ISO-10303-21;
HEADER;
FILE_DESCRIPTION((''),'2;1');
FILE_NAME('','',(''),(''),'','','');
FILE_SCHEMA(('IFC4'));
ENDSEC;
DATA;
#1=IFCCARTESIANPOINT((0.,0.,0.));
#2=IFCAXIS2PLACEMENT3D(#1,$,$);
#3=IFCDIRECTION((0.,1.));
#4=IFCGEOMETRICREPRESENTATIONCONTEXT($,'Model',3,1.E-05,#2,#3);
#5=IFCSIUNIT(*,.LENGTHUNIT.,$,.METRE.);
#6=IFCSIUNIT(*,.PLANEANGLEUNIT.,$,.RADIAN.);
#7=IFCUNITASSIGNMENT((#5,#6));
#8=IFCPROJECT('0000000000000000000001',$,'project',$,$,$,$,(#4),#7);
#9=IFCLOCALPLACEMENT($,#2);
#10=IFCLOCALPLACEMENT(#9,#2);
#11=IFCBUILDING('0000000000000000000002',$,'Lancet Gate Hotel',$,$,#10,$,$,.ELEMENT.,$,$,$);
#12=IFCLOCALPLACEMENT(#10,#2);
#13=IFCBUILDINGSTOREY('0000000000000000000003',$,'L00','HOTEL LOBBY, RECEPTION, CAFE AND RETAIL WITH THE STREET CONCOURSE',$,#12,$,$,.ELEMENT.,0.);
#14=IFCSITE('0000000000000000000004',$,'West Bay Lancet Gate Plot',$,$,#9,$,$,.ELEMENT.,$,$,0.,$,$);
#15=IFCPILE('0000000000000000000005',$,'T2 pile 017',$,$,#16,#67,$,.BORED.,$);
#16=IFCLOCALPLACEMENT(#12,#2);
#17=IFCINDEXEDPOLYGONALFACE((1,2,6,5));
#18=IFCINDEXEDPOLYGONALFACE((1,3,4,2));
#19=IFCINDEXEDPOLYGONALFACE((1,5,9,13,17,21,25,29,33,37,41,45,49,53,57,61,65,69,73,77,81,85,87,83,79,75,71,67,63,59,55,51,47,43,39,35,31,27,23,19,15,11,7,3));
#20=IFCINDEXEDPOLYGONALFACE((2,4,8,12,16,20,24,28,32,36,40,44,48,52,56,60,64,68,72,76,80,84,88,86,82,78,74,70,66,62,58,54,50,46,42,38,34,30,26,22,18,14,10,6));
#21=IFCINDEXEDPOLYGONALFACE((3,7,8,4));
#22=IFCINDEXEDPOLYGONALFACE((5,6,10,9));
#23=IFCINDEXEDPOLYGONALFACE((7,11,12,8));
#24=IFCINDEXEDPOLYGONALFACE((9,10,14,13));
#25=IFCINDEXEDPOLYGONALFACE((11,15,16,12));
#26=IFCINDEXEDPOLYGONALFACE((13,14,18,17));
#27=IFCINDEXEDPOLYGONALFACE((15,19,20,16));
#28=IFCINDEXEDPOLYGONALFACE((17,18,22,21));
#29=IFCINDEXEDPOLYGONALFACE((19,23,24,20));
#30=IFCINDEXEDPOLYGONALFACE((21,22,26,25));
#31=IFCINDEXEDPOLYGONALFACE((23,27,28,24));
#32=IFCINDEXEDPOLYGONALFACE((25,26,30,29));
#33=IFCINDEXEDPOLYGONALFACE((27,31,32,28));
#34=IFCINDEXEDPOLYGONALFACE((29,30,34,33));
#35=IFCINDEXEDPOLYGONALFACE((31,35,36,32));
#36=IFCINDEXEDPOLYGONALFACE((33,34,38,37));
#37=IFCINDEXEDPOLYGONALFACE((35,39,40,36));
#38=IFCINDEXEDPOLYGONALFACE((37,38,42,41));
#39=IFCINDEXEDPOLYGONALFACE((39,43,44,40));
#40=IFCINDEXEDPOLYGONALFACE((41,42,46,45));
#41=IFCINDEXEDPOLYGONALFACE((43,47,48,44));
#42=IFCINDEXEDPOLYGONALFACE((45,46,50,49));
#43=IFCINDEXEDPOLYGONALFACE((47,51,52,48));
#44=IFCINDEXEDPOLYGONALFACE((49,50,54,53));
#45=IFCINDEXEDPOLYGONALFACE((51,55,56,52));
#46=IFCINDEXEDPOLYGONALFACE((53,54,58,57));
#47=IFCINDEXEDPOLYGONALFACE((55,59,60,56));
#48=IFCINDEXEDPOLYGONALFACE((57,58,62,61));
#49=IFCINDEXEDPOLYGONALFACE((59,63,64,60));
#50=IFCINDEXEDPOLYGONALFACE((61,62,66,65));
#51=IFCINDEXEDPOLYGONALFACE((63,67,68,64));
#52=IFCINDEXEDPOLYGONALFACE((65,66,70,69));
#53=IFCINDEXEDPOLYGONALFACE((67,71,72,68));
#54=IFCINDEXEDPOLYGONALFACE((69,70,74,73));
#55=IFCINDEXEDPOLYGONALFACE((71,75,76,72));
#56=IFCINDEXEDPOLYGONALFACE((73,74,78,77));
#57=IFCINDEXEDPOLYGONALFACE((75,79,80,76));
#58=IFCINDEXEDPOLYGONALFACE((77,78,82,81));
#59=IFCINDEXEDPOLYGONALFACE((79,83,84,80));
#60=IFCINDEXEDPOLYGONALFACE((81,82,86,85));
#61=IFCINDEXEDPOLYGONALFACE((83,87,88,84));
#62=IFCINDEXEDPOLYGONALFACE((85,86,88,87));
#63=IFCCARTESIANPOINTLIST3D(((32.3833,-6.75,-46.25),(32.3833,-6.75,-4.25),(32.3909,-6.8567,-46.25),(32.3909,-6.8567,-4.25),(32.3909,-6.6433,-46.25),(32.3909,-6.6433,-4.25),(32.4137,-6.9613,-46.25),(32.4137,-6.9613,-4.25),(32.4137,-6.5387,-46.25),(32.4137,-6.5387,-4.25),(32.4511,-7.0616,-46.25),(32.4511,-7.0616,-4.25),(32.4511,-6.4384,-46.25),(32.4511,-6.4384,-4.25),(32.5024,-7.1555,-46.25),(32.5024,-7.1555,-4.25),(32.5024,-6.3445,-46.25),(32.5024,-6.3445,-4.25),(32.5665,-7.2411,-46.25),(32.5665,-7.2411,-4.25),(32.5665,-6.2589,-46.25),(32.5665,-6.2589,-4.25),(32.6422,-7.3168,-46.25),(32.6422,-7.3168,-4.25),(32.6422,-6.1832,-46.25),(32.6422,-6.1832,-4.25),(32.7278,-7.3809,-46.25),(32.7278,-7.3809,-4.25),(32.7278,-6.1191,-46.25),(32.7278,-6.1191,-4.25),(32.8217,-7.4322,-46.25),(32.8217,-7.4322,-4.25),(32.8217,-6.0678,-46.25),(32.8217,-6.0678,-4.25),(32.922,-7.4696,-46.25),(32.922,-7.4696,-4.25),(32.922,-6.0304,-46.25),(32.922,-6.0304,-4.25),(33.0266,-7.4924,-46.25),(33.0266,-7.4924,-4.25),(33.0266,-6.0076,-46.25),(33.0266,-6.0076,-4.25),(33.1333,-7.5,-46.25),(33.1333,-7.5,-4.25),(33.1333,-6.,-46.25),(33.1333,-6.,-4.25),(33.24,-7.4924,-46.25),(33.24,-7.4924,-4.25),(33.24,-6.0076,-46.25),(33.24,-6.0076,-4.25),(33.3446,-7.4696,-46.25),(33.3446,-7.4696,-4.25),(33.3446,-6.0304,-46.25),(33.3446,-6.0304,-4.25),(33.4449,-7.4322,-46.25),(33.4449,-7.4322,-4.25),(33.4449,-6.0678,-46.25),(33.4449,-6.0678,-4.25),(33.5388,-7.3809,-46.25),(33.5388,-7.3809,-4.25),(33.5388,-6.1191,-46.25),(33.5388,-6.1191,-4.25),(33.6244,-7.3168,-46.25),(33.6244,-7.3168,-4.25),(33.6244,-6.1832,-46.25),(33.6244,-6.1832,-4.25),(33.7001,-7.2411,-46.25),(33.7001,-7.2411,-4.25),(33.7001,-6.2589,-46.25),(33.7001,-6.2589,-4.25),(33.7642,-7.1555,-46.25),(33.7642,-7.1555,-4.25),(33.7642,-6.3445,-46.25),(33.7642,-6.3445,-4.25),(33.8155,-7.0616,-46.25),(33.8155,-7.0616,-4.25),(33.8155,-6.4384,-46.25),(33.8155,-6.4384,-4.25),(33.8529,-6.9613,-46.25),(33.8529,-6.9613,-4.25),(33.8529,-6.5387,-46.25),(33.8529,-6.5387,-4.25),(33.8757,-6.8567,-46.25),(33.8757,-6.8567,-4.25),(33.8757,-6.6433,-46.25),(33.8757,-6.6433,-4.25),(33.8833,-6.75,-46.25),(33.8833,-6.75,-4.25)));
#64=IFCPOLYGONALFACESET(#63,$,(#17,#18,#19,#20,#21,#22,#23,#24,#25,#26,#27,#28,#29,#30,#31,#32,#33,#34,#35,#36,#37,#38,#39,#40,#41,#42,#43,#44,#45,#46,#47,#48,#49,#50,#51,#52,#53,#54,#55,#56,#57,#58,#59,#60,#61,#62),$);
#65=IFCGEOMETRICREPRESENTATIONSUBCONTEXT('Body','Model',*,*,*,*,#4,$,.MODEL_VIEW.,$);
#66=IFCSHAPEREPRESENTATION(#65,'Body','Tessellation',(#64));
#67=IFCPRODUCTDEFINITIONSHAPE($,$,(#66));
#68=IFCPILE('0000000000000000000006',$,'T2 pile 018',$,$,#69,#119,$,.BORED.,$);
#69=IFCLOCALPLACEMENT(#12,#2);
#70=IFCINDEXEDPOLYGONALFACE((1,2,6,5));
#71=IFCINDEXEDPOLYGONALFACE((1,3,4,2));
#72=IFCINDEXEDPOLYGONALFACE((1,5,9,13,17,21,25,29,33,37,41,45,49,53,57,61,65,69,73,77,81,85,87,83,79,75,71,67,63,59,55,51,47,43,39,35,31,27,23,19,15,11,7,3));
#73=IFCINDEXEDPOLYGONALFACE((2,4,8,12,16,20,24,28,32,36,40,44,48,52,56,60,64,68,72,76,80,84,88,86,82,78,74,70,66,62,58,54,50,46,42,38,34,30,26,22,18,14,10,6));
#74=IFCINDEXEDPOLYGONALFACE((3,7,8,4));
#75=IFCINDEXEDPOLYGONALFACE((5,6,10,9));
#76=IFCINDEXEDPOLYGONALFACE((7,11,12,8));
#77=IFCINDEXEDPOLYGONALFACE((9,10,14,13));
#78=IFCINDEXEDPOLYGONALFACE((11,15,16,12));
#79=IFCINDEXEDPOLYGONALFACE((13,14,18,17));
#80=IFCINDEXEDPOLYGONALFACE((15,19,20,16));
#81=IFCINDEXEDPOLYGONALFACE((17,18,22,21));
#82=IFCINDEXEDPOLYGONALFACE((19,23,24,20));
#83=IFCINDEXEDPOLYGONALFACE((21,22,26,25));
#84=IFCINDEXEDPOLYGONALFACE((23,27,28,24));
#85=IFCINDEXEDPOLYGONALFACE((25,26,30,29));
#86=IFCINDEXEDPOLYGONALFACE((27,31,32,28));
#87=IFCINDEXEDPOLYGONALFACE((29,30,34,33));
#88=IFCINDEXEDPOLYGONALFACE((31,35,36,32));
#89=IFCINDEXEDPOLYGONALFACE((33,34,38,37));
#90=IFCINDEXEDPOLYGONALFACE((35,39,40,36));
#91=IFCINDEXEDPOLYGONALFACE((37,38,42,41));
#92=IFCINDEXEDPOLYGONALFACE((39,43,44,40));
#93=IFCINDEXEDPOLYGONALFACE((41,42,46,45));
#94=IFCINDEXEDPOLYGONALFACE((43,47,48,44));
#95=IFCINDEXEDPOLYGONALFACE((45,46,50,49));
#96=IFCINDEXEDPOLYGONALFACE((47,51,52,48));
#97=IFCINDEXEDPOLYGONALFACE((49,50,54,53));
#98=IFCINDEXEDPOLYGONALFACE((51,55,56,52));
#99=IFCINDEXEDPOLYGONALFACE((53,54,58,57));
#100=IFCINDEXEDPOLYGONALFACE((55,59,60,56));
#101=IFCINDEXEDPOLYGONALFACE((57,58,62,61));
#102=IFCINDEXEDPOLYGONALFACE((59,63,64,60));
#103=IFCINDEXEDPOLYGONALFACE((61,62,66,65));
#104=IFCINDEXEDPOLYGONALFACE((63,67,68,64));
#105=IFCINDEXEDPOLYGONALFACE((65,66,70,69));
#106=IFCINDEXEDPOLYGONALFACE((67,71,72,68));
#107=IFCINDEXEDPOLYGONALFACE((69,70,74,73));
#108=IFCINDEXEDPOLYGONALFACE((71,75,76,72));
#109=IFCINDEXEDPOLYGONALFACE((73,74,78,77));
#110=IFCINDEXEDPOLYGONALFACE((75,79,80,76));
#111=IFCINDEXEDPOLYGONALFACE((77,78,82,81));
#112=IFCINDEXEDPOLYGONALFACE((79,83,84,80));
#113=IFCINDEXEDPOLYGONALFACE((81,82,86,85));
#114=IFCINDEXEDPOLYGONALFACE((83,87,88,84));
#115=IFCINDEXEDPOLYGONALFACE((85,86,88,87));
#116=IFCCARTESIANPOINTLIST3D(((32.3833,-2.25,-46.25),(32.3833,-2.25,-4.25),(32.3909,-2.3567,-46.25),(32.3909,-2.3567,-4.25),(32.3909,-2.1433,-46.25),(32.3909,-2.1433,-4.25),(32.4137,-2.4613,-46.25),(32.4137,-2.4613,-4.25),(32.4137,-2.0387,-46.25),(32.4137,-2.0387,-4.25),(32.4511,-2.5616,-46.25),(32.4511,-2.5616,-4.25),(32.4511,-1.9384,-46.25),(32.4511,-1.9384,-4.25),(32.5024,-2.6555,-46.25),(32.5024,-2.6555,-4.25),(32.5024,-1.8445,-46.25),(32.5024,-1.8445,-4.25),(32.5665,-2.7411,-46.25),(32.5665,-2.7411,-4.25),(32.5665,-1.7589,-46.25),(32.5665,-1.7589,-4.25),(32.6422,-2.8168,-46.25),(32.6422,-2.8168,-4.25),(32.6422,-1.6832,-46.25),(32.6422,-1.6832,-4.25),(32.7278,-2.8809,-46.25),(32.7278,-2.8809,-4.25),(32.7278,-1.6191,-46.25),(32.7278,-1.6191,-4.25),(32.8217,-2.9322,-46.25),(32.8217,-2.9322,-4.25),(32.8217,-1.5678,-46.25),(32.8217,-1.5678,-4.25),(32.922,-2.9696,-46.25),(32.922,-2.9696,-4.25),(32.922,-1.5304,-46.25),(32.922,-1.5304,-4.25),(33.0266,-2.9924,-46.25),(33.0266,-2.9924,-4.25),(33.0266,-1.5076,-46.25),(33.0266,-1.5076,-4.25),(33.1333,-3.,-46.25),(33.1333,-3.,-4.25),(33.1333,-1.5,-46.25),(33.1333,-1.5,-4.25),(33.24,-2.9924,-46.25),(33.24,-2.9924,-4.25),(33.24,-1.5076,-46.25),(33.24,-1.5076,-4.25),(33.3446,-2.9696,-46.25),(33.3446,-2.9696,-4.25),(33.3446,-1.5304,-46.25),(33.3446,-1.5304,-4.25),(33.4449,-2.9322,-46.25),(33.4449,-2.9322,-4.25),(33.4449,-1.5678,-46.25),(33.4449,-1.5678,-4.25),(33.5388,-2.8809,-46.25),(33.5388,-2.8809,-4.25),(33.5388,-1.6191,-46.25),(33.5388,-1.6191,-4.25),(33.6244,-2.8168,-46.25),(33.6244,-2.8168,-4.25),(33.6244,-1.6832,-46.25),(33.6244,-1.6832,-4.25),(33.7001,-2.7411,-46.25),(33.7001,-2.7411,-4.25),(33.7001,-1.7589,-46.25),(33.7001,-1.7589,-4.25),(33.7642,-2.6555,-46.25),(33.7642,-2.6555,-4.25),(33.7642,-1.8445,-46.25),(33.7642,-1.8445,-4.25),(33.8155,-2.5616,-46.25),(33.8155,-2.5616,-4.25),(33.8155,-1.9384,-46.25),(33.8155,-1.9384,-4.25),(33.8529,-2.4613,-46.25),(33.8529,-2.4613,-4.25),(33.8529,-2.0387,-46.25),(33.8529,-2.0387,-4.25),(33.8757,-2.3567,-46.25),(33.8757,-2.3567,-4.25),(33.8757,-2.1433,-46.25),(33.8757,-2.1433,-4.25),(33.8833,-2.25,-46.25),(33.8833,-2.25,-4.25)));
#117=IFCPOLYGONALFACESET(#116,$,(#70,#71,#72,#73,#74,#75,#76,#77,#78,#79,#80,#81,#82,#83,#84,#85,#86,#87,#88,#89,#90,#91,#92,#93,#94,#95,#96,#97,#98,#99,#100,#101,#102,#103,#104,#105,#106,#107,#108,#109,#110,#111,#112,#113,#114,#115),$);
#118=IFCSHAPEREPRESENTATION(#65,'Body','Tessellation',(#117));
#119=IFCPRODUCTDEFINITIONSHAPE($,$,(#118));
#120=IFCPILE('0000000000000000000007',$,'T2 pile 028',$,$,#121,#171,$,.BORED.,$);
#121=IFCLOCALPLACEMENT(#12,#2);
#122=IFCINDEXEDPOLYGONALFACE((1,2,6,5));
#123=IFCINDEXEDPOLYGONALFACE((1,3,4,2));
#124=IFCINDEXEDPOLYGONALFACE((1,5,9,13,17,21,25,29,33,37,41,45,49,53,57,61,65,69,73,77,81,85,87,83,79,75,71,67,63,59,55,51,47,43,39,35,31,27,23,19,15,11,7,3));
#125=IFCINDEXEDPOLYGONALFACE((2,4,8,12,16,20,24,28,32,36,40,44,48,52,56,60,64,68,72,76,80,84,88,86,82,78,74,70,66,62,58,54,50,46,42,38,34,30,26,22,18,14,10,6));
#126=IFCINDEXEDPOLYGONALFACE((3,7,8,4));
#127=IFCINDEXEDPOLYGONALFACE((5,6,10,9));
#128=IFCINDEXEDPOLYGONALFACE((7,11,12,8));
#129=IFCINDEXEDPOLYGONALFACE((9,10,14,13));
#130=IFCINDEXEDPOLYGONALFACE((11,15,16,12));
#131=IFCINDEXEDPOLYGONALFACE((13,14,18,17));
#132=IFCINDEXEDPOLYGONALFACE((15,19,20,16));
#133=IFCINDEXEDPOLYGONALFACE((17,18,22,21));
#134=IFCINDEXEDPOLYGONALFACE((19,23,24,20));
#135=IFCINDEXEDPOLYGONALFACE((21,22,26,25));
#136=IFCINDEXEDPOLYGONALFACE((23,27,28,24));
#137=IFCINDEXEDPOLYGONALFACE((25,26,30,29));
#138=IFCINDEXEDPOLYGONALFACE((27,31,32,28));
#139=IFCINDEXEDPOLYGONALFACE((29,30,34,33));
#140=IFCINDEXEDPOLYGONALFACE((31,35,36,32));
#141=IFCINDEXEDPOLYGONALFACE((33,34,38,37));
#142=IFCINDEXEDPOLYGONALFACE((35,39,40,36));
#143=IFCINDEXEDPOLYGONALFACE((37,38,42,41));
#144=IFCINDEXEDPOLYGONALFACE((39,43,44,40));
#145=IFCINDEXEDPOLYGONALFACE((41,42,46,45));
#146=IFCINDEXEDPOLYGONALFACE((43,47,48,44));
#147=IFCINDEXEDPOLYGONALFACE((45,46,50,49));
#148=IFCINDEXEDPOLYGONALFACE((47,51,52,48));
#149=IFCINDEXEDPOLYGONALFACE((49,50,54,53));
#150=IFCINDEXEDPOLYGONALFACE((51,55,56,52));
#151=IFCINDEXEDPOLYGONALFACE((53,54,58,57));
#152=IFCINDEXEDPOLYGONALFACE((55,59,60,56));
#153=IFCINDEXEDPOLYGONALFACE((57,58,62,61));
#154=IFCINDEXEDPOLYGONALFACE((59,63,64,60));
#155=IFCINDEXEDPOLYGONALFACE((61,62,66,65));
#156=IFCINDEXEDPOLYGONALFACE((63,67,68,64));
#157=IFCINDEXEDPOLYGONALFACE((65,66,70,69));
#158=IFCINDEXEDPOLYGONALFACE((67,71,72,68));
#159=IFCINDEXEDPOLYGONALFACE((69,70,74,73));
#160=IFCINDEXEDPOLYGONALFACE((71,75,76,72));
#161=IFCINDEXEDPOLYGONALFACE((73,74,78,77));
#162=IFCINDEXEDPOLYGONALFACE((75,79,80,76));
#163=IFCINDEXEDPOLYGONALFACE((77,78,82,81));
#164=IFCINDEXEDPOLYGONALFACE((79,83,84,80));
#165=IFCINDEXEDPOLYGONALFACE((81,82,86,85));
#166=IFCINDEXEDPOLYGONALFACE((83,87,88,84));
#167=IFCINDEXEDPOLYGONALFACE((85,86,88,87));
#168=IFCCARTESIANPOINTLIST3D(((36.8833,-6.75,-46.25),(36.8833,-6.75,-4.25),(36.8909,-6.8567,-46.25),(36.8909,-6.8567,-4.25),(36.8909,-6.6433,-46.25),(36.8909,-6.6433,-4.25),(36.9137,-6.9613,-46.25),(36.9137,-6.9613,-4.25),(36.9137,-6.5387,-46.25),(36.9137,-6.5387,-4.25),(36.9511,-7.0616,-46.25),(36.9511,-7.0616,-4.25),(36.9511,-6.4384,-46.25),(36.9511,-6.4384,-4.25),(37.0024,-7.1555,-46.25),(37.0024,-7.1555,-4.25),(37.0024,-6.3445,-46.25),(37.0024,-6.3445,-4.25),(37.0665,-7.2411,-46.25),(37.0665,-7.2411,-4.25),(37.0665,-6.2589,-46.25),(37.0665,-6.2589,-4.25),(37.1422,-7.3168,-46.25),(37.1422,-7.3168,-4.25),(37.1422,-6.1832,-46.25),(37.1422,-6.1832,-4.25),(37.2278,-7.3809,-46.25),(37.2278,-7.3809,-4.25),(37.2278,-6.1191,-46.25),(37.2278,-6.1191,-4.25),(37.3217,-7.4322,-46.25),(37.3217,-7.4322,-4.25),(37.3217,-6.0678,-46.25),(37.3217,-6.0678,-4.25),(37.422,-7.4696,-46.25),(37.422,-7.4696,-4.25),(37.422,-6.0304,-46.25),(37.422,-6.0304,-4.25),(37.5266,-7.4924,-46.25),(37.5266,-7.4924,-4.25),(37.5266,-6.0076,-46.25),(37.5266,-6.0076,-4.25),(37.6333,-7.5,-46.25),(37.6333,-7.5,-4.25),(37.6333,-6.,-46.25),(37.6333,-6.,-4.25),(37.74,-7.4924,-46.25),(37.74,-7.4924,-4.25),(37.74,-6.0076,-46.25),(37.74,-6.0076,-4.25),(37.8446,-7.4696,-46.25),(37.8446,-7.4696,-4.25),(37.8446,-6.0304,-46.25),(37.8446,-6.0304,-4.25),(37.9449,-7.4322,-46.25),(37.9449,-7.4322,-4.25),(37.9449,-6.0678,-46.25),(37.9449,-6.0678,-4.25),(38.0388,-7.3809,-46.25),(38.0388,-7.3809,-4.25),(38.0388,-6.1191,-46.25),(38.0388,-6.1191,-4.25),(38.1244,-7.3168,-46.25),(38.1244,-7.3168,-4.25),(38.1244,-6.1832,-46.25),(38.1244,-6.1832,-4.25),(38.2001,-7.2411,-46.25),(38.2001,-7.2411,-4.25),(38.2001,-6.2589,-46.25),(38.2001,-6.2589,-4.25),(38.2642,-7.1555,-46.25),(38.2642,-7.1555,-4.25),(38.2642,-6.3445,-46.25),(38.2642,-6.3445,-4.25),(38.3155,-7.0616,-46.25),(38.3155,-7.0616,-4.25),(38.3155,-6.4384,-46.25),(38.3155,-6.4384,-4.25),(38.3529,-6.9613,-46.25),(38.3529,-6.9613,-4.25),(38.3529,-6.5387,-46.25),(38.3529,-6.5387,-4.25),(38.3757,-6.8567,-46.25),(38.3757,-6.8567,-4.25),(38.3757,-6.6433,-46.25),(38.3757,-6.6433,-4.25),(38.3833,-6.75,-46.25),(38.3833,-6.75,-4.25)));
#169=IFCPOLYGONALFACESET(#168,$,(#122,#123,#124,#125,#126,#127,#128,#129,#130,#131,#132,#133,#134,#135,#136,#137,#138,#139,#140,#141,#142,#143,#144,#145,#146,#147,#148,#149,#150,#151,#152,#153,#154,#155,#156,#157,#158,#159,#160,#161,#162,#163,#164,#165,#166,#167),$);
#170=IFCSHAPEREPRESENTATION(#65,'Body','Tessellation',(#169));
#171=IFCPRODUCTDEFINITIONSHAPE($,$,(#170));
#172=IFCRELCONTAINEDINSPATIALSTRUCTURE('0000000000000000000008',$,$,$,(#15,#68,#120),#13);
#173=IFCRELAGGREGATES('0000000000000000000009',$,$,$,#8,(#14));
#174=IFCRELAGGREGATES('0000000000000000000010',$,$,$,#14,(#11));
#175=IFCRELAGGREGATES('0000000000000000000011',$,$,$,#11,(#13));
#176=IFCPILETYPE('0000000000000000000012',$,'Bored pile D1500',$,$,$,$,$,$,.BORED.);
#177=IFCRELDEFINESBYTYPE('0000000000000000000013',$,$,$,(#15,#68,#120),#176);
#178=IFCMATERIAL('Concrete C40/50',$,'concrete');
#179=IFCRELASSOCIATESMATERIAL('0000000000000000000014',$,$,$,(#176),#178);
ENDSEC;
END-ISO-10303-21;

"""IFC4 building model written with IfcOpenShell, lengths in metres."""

from ifc_helpers import new_model, si_unit, direction, frame, origin, origin_2d, place, context, subcontext, project, spatial, circle, extrude, material, material_profile, profile_set, type_object, element, save


model = new_model("IFC4")

# Units and contexts
model_context = context("Model", 3, precision=1e-05, world=origin(), true_north=direction((0.0, 1.0)))
body_context = subcontext(model_context, "Body", "Model", "MODEL_VIEW")
ifc_project = project(units=[si_unit("LENGTHUNIT", "METRE"), si_unit("PLANEANGLEUNIT", "RADIAN")], contexts=[model_context])

# Site, building, storey
site_placement = place(None, origin())
site = spatial("IfcSite", under=ifc_project, at=site_placement, Name="West Bay Lancet Gate Plot", CompositionType="ELEMENT", RefElevation=0.0)
building_placement = place(site_placement, origin())
building = spatial("IfcBuilding", under=site, at=building_placement, Name="Lancet Gate Hotel", CompositionType="ELEMENT")
storey_placement = place(building_placement, origin())
storey = spatial("IfcBuildingStorey", under=building, at=storey_placement, Name="L00", Description="HOTEL LOBBY, RECEPTION, CAFE AND RETAIL WITH THE STREET CONCOURSE", CompositionType="ELEMENT", Elevation=0.0)

# Piles
ifc_material_1 = material(Name="Concrete C40/50", Category="concrete")
ifc_material_profile_1 = material_profile(ifc_material_1, circle(Radius=0.75, at=origin_2d()), Name="PILE D1500")
ifc_profile_set_1 = profile_set([ifc_material_profile_1], Name="Concrete C40/50")
pile_type = type_object("IfcPileType", Name="Bored pile D1500", PredefinedType="BORED", material=ifc_profile_set_1)
for number, where, z_axis, x_axis, name in (
    (1, (33.1333, -6.75, -4.25), (0.0, 0.0, -1.0), (1.0, 0.0, 0.0), "T2 pile 017"),
    (2, (33.1333, -2.25, -4.25), (0.0, 0.0, -1.0), (1.0, 0.0, 0.0), "T2 pile 018"),
    (3, (37.6333, -6.75, -4.25), (0.0, 0.0, -1.0), (1.0, 0.0, 0.0), "T2 pile 028"),
):
    element("IfcPile", number, at=place(storey_placement, frame(where, z_axis=z_axis, x_axis=x_axis)), inside=storey, type_object=pile_type, Name=name, PredefinedType="BORED", context=body_context, shape_type="SweptSolid", body=[
        extrude(circle(Radius=0.75, at=origin_2d()), origin(), (0.0, 0.0, 1.0), 42.0),
    ])

save(model, "model.ifc")
